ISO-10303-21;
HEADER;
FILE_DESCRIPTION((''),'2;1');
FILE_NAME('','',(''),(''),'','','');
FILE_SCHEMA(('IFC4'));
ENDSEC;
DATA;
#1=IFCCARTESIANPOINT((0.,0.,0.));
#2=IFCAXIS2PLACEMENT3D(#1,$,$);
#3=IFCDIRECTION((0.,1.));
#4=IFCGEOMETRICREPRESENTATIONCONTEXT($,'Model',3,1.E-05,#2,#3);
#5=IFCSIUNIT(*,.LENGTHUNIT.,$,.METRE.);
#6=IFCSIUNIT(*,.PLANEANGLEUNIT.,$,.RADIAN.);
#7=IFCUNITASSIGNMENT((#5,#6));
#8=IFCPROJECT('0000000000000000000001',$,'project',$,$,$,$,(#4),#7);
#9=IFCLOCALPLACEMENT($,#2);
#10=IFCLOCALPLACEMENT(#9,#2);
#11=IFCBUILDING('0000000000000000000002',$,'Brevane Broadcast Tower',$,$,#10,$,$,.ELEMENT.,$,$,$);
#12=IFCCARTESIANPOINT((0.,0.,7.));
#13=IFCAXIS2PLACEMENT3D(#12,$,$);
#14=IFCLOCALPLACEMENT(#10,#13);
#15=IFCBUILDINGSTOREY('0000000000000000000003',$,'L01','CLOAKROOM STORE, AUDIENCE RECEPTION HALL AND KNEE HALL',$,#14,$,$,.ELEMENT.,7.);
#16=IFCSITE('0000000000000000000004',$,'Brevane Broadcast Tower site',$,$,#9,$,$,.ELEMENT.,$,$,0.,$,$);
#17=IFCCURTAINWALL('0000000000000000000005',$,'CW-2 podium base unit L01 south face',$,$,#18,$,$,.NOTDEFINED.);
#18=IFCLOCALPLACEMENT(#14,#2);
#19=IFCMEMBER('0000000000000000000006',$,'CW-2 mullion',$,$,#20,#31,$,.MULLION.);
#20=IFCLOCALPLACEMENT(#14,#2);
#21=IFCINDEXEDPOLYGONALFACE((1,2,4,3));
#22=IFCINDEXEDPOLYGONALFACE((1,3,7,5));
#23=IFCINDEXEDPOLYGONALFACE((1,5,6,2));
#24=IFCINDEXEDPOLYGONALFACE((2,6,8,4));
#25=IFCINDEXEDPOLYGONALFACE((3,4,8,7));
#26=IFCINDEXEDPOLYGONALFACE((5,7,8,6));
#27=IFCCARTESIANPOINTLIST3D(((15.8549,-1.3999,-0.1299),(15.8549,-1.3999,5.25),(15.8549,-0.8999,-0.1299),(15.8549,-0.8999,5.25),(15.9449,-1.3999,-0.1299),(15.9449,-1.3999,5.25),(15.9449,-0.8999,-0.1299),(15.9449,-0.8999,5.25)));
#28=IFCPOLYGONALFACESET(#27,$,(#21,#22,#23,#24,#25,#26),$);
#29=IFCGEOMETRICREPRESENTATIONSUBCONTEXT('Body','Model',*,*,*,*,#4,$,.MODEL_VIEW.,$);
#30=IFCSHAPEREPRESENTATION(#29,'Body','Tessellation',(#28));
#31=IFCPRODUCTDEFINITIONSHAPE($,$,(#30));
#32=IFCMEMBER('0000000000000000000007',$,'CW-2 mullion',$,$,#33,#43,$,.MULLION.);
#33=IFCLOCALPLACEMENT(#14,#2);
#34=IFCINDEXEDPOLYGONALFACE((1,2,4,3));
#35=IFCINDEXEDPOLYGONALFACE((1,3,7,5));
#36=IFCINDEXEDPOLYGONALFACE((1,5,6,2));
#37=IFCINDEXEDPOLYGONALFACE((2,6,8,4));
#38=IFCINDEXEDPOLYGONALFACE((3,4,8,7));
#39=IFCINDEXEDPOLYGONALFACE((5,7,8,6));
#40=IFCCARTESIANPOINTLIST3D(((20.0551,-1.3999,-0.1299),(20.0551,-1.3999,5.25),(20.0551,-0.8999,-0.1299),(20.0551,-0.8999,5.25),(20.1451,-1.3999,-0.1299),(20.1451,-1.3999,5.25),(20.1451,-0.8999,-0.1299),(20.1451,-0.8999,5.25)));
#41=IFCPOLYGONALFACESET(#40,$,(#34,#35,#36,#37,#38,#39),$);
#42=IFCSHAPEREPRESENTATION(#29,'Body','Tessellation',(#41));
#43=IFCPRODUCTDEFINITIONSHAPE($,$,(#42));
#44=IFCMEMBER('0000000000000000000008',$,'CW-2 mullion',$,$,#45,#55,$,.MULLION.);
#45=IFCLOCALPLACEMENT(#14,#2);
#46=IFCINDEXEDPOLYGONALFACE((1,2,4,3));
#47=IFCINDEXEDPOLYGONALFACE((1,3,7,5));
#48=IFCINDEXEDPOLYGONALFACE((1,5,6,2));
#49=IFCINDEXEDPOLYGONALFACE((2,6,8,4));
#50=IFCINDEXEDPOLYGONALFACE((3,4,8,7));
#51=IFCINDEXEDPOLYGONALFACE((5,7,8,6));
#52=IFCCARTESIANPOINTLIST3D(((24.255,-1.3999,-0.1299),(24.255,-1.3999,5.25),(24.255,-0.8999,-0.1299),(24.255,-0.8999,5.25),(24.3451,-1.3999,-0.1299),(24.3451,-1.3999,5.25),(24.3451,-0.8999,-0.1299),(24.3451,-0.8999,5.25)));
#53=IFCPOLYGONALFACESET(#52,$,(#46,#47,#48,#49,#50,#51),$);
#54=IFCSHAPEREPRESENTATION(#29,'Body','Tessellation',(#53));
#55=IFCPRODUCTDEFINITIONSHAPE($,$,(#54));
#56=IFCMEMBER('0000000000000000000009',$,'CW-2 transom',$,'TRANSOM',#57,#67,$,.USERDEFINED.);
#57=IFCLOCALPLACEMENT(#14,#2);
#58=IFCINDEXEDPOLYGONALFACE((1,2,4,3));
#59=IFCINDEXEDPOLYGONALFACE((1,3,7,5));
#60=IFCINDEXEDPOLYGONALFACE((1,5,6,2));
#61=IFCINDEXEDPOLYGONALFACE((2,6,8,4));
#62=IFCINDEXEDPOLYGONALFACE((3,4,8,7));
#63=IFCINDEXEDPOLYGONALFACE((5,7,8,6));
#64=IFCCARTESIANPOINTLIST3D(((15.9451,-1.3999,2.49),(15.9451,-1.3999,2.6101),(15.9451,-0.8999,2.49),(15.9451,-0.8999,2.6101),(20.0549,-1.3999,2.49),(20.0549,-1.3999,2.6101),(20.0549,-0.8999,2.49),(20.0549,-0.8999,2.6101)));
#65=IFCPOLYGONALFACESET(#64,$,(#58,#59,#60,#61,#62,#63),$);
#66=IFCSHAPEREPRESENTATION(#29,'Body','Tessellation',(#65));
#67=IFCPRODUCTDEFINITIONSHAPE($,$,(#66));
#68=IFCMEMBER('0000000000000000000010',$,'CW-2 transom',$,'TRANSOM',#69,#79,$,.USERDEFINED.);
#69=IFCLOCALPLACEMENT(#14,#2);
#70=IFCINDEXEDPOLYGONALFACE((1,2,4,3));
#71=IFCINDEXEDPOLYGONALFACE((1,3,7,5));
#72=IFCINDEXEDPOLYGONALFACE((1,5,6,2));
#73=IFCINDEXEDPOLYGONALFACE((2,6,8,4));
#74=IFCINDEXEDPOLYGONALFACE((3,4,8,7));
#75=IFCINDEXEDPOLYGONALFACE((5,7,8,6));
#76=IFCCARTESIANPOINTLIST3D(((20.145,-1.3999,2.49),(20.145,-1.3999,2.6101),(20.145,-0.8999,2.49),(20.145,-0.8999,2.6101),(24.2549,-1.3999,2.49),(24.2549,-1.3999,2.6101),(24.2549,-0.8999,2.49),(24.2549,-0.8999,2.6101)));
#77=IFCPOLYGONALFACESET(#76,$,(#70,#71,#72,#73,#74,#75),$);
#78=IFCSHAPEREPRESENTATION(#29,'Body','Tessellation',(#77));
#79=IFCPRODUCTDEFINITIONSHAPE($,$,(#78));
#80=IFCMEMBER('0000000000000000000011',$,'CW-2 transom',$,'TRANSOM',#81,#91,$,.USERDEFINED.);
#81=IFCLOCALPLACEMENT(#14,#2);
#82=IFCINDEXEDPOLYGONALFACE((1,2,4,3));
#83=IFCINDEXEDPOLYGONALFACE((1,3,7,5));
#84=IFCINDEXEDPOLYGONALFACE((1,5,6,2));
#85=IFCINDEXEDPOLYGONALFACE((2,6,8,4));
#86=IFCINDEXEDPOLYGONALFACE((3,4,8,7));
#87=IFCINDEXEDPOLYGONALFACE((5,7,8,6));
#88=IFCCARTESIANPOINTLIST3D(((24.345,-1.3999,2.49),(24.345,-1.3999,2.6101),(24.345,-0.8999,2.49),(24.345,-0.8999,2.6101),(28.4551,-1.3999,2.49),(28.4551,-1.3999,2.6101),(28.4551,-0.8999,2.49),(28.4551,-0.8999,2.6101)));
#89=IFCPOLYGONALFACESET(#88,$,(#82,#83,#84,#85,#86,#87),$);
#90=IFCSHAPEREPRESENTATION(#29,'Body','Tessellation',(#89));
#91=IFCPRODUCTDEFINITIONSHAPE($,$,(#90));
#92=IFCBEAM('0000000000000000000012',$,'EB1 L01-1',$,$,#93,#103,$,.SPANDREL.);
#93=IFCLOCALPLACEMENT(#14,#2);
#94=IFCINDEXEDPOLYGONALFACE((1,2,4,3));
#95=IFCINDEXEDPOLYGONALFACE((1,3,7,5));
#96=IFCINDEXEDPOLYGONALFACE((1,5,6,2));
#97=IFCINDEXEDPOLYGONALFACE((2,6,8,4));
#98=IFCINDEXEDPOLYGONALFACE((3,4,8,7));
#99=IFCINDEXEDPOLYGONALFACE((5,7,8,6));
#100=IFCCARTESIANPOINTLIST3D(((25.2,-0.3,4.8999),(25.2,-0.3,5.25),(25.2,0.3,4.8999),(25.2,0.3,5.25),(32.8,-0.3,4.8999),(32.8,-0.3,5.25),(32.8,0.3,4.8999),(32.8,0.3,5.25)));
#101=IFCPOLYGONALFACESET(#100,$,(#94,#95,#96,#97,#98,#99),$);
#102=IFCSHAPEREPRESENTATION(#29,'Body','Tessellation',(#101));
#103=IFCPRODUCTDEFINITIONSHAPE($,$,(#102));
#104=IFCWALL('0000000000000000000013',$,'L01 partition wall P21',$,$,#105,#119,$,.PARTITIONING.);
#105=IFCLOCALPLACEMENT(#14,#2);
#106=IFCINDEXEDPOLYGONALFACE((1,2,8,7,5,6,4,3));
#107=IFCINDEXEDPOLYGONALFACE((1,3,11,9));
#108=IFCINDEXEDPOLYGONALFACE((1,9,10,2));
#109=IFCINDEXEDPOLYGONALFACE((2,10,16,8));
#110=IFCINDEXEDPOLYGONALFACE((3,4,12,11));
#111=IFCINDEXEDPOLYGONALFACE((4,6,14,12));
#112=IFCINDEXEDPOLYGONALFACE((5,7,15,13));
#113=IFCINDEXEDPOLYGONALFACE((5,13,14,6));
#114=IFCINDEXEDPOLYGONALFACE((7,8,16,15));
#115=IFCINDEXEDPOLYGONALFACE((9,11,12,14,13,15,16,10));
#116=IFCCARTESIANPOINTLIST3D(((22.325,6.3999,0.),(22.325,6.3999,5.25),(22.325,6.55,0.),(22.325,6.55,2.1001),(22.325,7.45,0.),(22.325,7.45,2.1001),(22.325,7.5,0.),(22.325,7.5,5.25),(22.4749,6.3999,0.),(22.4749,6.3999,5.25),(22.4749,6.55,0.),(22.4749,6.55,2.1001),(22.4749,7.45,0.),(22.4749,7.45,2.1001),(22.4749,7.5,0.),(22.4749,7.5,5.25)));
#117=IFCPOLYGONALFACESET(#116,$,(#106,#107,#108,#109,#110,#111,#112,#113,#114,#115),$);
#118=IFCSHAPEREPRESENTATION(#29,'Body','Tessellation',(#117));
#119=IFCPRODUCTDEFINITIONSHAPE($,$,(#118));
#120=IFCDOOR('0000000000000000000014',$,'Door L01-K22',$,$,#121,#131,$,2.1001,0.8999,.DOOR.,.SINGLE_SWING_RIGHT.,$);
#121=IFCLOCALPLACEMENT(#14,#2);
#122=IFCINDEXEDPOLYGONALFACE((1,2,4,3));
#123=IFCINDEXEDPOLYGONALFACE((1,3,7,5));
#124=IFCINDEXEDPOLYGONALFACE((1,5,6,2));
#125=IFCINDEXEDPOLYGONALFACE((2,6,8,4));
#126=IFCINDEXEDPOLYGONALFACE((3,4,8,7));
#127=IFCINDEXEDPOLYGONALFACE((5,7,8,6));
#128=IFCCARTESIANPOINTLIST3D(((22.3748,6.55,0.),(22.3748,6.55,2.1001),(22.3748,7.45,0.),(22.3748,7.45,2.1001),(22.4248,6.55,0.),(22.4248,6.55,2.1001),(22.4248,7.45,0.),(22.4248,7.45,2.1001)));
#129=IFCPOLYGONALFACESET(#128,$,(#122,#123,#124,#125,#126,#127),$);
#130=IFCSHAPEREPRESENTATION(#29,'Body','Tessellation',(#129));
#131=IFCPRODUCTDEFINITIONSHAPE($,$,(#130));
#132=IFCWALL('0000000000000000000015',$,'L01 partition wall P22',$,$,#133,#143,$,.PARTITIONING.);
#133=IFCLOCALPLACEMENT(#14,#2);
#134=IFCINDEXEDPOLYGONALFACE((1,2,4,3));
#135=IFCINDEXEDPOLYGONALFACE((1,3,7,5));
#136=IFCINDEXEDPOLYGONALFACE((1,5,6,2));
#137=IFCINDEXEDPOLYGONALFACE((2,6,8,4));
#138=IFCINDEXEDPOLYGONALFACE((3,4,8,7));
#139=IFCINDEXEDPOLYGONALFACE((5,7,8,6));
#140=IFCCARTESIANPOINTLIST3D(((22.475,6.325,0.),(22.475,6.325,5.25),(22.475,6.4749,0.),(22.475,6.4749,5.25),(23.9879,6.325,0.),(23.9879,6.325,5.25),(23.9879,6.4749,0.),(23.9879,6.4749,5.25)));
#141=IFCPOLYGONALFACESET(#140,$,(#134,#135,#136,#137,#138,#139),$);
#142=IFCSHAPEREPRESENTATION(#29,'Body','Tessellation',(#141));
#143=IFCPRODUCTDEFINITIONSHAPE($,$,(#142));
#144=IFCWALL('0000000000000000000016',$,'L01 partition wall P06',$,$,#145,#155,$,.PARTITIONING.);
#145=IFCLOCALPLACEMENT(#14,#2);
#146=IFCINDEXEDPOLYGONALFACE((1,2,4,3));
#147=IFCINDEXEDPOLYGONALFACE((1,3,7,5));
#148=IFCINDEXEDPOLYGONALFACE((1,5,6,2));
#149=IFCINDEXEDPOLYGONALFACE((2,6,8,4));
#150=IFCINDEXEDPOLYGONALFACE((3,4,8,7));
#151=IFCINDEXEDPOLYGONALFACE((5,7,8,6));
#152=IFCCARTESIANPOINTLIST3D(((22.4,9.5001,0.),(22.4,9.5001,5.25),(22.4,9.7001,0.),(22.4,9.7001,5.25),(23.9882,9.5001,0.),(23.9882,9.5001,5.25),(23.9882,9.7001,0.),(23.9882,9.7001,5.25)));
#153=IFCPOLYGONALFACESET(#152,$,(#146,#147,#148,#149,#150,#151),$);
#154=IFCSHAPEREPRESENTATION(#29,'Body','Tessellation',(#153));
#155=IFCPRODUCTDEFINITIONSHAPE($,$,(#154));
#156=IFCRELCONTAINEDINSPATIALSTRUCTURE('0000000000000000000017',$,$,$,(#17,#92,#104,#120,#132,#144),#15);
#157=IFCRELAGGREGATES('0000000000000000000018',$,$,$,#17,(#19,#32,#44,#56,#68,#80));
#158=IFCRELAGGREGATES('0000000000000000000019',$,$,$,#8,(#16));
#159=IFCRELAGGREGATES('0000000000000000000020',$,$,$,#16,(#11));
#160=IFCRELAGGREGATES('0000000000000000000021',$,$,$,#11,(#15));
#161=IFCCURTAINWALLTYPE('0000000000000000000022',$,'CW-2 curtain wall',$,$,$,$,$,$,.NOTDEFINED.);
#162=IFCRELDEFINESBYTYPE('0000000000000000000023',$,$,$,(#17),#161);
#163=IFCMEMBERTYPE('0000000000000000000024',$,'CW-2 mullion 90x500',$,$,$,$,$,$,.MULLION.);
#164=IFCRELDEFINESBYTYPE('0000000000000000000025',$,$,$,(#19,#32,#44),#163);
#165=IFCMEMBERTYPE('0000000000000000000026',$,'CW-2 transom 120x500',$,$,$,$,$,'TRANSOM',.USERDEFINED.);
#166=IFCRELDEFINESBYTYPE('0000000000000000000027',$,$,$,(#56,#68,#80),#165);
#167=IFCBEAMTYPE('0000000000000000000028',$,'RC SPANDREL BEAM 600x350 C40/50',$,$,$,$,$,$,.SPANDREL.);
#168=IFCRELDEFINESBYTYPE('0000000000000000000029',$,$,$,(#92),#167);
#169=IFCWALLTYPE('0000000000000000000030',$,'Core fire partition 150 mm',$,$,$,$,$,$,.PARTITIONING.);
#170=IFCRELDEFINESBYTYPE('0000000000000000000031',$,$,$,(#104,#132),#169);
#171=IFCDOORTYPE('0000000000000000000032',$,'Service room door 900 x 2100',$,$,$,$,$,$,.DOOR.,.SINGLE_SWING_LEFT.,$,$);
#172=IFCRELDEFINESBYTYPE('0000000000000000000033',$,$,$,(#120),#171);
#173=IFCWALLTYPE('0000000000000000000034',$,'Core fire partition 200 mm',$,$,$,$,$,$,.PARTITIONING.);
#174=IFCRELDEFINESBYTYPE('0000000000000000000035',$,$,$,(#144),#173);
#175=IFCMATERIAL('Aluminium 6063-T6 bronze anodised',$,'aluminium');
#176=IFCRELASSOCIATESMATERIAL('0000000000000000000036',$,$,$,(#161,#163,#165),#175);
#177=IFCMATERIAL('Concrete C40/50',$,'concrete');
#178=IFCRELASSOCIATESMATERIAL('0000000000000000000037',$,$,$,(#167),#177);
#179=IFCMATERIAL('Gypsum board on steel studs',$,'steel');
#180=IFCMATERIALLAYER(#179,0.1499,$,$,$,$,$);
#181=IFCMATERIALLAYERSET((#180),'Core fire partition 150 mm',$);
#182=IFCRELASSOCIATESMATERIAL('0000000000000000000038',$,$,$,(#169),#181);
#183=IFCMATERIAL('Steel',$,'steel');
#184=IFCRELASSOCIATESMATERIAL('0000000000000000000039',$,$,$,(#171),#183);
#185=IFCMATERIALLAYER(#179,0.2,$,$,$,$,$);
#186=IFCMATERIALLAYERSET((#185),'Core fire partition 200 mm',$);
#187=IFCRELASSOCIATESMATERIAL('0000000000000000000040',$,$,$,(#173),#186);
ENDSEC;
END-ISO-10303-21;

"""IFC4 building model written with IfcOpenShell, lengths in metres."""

from ifc_helpers import new_model, si_unit, direction, frame, frame_2d, origin, origin_2d, place, context, subcontext, project, spatial, rectangle, extrude, material, layer, layer_set, material_profile, profile_set, type_object, element, fill, aggregate, save


model = new_model("IFC4")

# Units and contexts
model_context = context("Model", 3, precision=1e-05, world=origin(), true_north=direction((0.0, 1.0)))
body_context = subcontext(model_context, "Body", "Model", "MODEL_VIEW")
ifc_project = project(units=[si_unit("LENGTHUNIT", "METRE"), si_unit("PLANEANGLEUNIT", "RADIAN")], contexts=[model_context])

# Site, building, storey
site_placement = place(None, origin())
site = spatial("IfcSite", under=ifc_project, at=site_placement, Name="Brevane Broadcast Tower site", CompositionType="ELEMENT", RefElevation=0.0)
building_placement = place(site_placement, origin())
building = spatial("IfcBuilding", under=site, at=building_placement, Name="Brevane Broadcast Tower", CompositionType="ELEMENT")
storey_placement = place(building_placement, frame((0.0, 0.0, 7.0)))
storey = spatial("IfcBuildingStorey", under=building, at=storey_placement, Name="L01", Description="CLOAKROOM STORE, AUDIENCE RECEPTION HALL AND KNEE HALL", CompositionType="ELEMENT", Elevation=7.0)

# Curtain wall, members
ifc_material_1 = material(Name="Aluminium 6063-T6 bronze anodised", Category="aluminium")
curtain_wall_type = type_object("IfcCurtainWallType", Name="CW-2 curtain wall", PredefinedType="NOTDEFINED", material=ifc_material_1)
curtain_wall_placement = place(storey_placement, origin())
curtain_wall = element("IfcCurtainWall", 1, at=curtain_wall_placement, inside=storey, type_object=curtain_wall_type, Name="CW-2 podium base unit L01 south face", PredefinedType="NOTDEFINED")
ifc_material_profile_1 = material_profile(ifc_material_1, rectangle(XDim=0.5, YDim=0.0901, at=origin_2d()), Name="RECT 90x500")
ifc_profile_set_1 = profile_set([ifc_material_profile_1], Name="Aluminium 6063-T6 bronze anodised")
member_type_1 = type_object("IfcMemberType", Name="CW-2 mullion 90x500", PredefinedType="MULLION", material=ifc_profile_set_1)
member_1_placement = place(storey_placement, frame((15.8999, -1.1499, -0.1299), z_axis=(0.0, 0.0, 1.0), x_axis=(0.0, 1.0, 0.0)))
member_1 = element("IfcMember", 2, at=member_1_placement, type_object=member_type_1, Name="CW-2 mullion", PredefinedType="MULLION", context=body_context, shape_type="SweptSolid", body=[
    extrude(rectangle(XDim=0.5, YDim=0.0901, at=origin_2d()), origin(), (0.0, 0.0, 1.0), 5.3799),
])
member_2_placement = place(storey_placement, frame((20.1001, -1.1499, -0.1299), z_axis=(0.0, 0.0, 1.0), x_axis=(0.0, 1.0, 0.0)))
member_2 = element("IfcMember", 3, at=member_2_placement, type_object=member_type_1, Name="CW-2 mullion", PredefinedType="MULLION", context=body_context, shape_type="SweptSolid", body=[
    extrude(rectangle(XDim=0.5, YDim=0.0901, at=origin_2d()), origin(), (0.0, 0.0, 1.0), 5.3799),
])
member_3_placement = place(storey_placement, frame((24.3, -1.1499, -0.1299), z_axis=(0.0, 0.0, 1.0), x_axis=(0.0, 1.0, 0.0)))
member_3 = element("IfcMember", 4, at=member_3_placement, type_object=member_type_1, Name="CW-2 mullion", PredefinedType="MULLION", context=body_context, shape_type="SweptSolid", body=[
    extrude(rectangle(XDim=0.5, YDim=0.0901, at=origin_2d()), origin(), (0.0, 0.0, 1.0), 5.3799),
])
ifc_material_profile_2 = material_profile(ifc_material_1, rectangle(XDim=0.5, YDim=0.1201, at=origin_2d()), Name="RECT 120x500")
ifc_profile_set_2 = profile_set([ifc_material_profile_2], Name="Aluminium 6063-T6 bronze anodised")
member_type_2 = type_object("IfcMemberType", Name="CW-2 transom 120x500", ElementType="TRANSOM", PredefinedType="USERDEFINED", material=ifc_profile_set_2)
member_4_placement = place(storey_placement, frame((15.9451, -1.1499, 2.55), z_axis=(1.0, 0.0, 0.0), x_axis=(0.0, 1.0, 0.0)))
member_4 = element("IfcMember", 5, at=member_4_placement, type_object=member_type_2, Name="CW-2 transom", ObjectType="TRANSOM", PredefinedType="USERDEFINED", context=body_context, shape_type="SweptSolid", body=[
    extrude(rectangle(XDim=0.5, YDim=0.1201, at=origin_2d()), origin(), (0.0, 0.0, 1.0), 4.1099),
])
member_5_placement = place(storey_placement, frame((20.145, -1.1499, 2.55), z_axis=(1.0, 0.0, 0.0), x_axis=(0.0, 1.0, 0.0)))
member_5 = element("IfcMember", 6, at=member_5_placement, type_object=member_type_2, Name="CW-2 transom", ObjectType="TRANSOM", PredefinedType="USERDEFINED", context=body_context, shape_type="SweptSolid", body=[
    extrude(rectangle(XDim=0.5, YDim=0.1201, at=origin_2d()), origin(), (0.0, 0.0, 1.0), 4.1099),
])
member_6_placement = place(storey_placement, frame((24.345, -1.1499, 2.55), z_axis=(1.0, 0.0, 0.0), x_axis=(0.0, 1.0, 0.0)))
member_6 = element("IfcMember", 7, at=member_6_placement, type_object=member_type_2, Name="CW-2 transom", ObjectType="TRANSOM", PredefinedType="USERDEFINED", context=body_context, shape_type="SweptSolid", body=[
    extrude(rectangle(XDim=0.5, YDim=0.1201, at=origin_2d()), origin(), (0.0, 0.0, 1.0), 4.1101),
])
aggregate(curtain_wall, [member_1, member_2, member_3, member_4, member_5, member_6])

# Beam
ifc_material_2 = material(Name="Concrete C40/50", Category="concrete")
ifc_material_profile_3 = material_profile(ifc_material_2, rectangle(XDim=0.6001, YDim=0.3501, at=origin_2d()), Name="RC 600x350")
ifc_profile_set_3 = profile_set([ifc_material_profile_3], Name="Concrete C40/50")
beam_type = type_object("IfcBeamType", Name="RC SPANDREL BEAM 600x350 C40/50", PredefinedType="SPANDREL", material=ifc_profile_set_3)
beam_placement = place(storey_placement, frame((25.2, 0.0, 5.075), z_axis=(1.0, 0.0, 0.0), x_axis=(0.0, 1.0, 0.0)))
element("IfcBeam", 8, at=beam_placement, inside=storey, type_object=beam_type, Name="EB1 L01-1", PredefinedType="SPANDREL", context=body_context, shape_type="SweptSolid", body=[
    extrude(rectangle(XDim=0.6001, YDim=0.3501, at=origin_2d()), origin(), (0.0, 0.0, 1.0), 7.6001),
])

# Wall, opening, door
ifc_material_3 = material(Name="Gypsum board on steel studs", Category="steel")
ifc_layer_1 = layer(ifc_material_3, 0.1499)
ifc_layer_set_1 = layer_set([ifc_layer_1], Name="Core fire partition 150 mm")
wall_type_1 = type_object("IfcWallType", Name="Core fire partition 150 mm", PredefinedType="PARTITIONING", material=ifc_layer_set_1)
wall_1_placement = place(storey_placement, frame((22.3999, 7.5, 0.0), z_axis=(0.0, 0.0, 1.0), x_axis=(0.0, -1.0, 0.0)))
wall_1 = element("IfcWall", 9, at=wall_1_placement, inside=storey, type_object=wall_type_1, Name="L01 partition wall P21", PredefinedType="PARTITIONING", context=body_context, shape_type="SweptSolid", body=[
    extrude(rectangle(XDim=1.1001, YDim=0.1499, at=frame_2d((0.55, 0.0))), origin(), (0.0, 0.0, 1.0), 5.25),
])
opening_1_placement = place(wall_1_placement, frame((0.05, 0.0, 0.0)))
opening_1 = element("IfcOpeningElement", 10, at=opening_1_placement, cuts=wall_1, PredefinedType="OPENING", context=body_context, shape_type="SweptSolid", body=[
    extrude(rectangle(XDim=0.8999, YDim=2.1001, at=frame_2d((0.45, 1.05))), frame((0.0, 0.085, 0.0), z_axis=(0.0, -1.0, 0.0), x_axis=(1.0, 0.0, 0.0)), (0.0, 0.0, 1.0), 0.1699),
])
ifc_material_4 = material(Name="Steel", Category="steel")
door_type_1 = type_object("IfcDoorType", Name="Service room door 900 x 2100", OperationType="SINGLE_SWING_LEFT", PredefinedType="DOOR", material=ifc_material_4)
door_1_placement = place(opening_1_placement, origin())
door_1 = element("IfcDoor", 11, at=door_1_placement, inside=storey, type_object=door_type_1, Name="Door L01-K22", OperationType="SINGLE_SWING_RIGHT", OverallHeight=2.1001, OverallWidth=0.8999, PredefinedType="DOOR", context=body_context, shape_type="SweptSolid", body=[
    extrude(rectangle(XDim=0.8999, YDim=2.1001, at=frame_2d((0.45, 1.05))), frame((0.0, 0.0249, 0.0), z_axis=(0.0, -1.0, 0.0), x_axis=(1.0, 0.0, 0.0)), (0.0, 0.0, 1.0), 0.05),
])
fill(opening_1, door_1)

# Walls
wall_2_placement = place(storey_placement, frame((22.4751, 6.3999, 0.0), z_axis=(0.0, 0.0, 1.0), x_axis=(1.0, 0.0, 0.0)))
element("IfcWall", 12, at=wall_2_placement, inside=storey, type_object=wall_type_1, Name="L01 partition wall P22", PredefinedType="PARTITIONING", context=body_context, shape_type="SweptSolid", body=[
    extrude(rectangle(XDim=1.5129, YDim=0.1499, at=frame_2d((0.7563, 0.0))), origin(), (0.0, 0.0, 1.0), 5.25),
])
ifc_layer_2 = layer(ifc_material_3, 0.2)
ifc_layer_set_2 = layer_set([ifc_layer_2], Name="Core fire partition 200 mm")
wall_type_2 = type_object("IfcWallType", Name="Core fire partition 200 mm", PredefinedType="PARTITIONING", material=ifc_layer_set_2)
wall_3_placement = place(storey_placement, frame((23.988, 9.6001, 0.0), z_axis=(0.0, 0.0, 1.0), x_axis=(-1.0, 0.0, 0.0)))
element("IfcWall", 13, at=wall_3_placement, inside=storey, type_object=wall_type_2, Name="L01 partition wall P06", PredefinedType="PARTITIONING", context=body_context, shape_type="SweptSolid", body=[
    extrude(rectangle(XDim=1.5881, YDim=0.2, at=frame_2d((0.7939, 0.0))), origin(), (0.0, 0.0, 1.0), 5.25),
])

save(model, "model.ifc")
